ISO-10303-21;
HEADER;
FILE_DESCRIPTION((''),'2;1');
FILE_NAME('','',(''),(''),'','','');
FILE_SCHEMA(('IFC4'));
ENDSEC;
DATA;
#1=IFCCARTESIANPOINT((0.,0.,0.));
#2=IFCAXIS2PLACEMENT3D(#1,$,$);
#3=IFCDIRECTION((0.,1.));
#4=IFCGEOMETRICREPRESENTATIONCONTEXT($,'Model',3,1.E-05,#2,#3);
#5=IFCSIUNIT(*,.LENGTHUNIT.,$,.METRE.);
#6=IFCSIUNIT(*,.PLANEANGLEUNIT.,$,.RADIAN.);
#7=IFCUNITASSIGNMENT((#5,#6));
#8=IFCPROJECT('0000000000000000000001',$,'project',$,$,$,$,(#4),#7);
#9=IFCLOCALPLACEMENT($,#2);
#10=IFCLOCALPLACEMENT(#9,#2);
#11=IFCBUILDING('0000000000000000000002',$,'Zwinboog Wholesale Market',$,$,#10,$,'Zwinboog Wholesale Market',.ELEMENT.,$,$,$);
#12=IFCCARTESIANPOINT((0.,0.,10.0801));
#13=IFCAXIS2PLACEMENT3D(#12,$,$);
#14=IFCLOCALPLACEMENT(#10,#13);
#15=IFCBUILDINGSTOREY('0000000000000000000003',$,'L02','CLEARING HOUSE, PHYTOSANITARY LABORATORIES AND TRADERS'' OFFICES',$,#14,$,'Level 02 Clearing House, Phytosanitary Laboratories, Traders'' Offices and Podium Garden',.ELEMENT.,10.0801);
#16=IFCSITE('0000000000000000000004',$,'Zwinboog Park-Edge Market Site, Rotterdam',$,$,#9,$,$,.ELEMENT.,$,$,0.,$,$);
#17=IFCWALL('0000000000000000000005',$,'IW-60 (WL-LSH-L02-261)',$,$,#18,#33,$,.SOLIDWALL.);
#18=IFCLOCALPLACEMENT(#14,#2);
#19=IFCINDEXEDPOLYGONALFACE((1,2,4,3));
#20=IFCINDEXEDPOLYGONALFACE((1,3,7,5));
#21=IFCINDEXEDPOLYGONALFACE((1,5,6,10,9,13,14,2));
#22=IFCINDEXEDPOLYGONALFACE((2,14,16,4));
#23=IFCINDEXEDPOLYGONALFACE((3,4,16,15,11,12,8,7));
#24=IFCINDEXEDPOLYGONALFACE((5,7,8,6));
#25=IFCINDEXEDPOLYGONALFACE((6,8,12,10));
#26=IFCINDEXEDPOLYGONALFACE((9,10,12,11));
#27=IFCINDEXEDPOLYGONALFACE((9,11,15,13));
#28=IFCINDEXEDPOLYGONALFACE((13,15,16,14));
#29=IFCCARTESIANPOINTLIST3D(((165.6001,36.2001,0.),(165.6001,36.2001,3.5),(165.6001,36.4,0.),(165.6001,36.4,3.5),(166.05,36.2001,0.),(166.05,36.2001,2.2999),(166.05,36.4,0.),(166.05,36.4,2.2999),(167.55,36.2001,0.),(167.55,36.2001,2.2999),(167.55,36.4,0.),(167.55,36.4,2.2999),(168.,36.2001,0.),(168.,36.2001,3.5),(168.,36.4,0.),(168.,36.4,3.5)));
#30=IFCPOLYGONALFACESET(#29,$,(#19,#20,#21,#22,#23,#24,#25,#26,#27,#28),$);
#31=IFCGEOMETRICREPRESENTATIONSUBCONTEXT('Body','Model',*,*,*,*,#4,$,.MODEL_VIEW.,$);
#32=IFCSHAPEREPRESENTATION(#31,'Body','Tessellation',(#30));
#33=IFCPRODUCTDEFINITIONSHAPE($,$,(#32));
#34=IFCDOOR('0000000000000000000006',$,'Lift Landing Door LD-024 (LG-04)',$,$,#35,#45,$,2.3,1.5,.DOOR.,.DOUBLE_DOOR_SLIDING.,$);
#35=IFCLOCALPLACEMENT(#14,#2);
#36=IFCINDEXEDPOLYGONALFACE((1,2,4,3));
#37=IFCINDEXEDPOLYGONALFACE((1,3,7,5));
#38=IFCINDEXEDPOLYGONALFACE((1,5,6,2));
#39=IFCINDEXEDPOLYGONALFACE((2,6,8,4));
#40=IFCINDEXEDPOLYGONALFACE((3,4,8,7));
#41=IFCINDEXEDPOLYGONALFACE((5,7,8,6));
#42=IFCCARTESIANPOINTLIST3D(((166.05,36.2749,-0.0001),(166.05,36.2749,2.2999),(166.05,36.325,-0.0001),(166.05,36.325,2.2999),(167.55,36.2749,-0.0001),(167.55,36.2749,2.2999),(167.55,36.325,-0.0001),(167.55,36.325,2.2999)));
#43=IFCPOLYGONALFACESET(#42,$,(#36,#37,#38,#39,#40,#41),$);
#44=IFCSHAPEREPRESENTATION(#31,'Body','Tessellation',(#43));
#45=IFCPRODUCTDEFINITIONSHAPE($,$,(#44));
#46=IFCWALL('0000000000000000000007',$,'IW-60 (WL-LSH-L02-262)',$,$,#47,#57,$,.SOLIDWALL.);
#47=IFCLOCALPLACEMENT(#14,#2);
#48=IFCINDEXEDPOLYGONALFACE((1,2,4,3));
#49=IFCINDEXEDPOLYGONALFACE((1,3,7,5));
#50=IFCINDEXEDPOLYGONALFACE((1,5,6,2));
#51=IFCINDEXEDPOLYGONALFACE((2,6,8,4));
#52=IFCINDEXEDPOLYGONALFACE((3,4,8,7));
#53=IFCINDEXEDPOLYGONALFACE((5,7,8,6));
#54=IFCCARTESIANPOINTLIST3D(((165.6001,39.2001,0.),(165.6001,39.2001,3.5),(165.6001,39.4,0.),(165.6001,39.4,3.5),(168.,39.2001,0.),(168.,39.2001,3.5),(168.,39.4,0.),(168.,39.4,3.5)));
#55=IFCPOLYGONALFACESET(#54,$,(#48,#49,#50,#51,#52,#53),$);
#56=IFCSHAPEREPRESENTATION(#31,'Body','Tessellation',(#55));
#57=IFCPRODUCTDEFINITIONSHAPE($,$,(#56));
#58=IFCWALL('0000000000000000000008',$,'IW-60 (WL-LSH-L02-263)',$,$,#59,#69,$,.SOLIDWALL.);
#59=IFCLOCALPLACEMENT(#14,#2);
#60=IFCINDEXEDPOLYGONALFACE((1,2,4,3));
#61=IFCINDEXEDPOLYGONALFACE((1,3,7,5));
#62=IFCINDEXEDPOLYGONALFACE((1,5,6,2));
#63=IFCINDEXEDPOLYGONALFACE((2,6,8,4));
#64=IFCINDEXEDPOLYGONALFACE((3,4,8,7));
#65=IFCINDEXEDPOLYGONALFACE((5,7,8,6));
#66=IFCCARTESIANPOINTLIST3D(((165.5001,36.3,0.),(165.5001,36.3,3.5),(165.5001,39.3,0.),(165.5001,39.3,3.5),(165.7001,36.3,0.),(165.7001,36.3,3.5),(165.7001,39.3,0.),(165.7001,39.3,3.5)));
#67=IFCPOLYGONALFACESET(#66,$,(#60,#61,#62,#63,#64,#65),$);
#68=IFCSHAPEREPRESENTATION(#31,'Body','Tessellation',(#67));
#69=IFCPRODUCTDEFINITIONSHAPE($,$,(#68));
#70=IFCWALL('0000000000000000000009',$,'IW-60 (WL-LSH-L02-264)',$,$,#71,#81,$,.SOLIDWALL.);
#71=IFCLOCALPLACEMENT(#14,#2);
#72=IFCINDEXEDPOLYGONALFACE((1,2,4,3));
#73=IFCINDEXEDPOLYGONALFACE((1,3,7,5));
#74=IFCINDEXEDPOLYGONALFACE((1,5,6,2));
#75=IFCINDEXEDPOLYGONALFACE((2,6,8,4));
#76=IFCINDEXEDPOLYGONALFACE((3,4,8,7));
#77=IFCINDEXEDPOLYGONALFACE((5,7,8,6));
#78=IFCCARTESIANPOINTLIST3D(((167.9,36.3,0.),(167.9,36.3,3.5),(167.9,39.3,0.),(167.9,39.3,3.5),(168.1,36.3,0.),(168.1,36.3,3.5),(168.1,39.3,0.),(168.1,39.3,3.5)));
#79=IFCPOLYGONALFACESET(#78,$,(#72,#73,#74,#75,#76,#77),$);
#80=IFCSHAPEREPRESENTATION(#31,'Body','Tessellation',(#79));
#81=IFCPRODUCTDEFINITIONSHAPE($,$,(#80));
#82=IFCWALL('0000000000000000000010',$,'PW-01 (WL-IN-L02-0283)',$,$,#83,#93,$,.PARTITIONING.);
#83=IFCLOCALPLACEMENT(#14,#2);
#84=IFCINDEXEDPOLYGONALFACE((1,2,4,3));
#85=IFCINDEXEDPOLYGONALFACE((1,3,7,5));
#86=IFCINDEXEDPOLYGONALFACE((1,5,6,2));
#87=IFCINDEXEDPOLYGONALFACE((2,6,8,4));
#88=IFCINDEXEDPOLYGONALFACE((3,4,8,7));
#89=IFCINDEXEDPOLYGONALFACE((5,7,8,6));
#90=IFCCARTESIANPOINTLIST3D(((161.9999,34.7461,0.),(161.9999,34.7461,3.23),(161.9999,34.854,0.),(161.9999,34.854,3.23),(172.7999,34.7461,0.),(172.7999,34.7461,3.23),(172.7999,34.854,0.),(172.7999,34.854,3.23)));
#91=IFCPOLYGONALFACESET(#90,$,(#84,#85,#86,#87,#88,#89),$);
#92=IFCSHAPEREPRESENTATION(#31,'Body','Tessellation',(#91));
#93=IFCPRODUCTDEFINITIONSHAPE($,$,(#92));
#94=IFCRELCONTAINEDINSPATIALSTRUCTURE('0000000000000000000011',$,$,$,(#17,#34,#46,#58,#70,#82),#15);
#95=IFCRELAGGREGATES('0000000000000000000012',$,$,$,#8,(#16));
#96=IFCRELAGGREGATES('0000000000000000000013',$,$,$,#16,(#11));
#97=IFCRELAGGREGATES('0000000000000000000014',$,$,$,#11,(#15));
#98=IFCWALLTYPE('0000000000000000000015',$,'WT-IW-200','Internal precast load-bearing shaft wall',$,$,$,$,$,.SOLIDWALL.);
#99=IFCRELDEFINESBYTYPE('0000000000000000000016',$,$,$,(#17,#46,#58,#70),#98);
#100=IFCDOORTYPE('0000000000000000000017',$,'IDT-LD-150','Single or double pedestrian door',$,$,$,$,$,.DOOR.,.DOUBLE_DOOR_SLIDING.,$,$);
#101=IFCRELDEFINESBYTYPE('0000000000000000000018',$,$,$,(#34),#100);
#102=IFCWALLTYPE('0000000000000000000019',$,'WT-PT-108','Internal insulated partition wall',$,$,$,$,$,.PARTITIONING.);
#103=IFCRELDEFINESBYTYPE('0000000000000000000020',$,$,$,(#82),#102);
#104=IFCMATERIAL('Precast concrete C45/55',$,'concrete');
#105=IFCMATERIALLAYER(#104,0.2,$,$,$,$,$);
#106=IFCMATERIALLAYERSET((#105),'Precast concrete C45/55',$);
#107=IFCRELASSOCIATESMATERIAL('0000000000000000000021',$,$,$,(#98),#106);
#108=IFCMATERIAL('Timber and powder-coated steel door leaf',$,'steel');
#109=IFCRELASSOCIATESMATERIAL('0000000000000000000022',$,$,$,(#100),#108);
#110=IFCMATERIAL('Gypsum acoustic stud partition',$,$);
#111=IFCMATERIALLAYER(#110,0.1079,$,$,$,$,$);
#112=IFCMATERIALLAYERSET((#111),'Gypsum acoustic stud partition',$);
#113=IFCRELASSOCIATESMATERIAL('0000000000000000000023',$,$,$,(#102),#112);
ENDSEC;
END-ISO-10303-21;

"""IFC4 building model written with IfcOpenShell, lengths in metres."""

from ifc_helpers import new_model, si_unit, direction, frame, frame_2d, origin, place, context, subcontext, project, spatial, rectangle, extrude, material, layer, layer_set, type_object, element, fill, save


model = new_model("IFC4")

# Units and contexts
model_context = context("Model", 3, precision=1e-05, world=origin(), true_north=direction((0.0, 1.0)))
body_context = subcontext(model_context, "Body", "Model", "MODEL_VIEW")
ifc_project = project(units=[si_unit("LENGTHUNIT", "METRE"), si_unit("PLANEANGLEUNIT", "RADIAN")], contexts=[model_context])

# Site, building, storey
site_placement = place(None, origin())
site = spatial("IfcSite", under=ifc_project, at=site_placement, Name="Zwinboog Park-Edge Market Site, Rotterdam", CompositionType="ELEMENT", RefElevation=0.0)
building_placement = place(site_placement, origin())
building = spatial("IfcBuilding", under=site, at=building_placement, Name="Zwinboog Wholesale Market", LongName="Zwinboog Wholesale Market", CompositionType="ELEMENT")
storey_placement = place(building_placement, frame((0.0, 0.0, 10.0801)))
storey = spatial("IfcBuildingStorey", under=building, at=storey_placement, Name="L02", Description="CLEARING HOUSE, PHYTOSANITARY LABORATORIES AND TRADERS' OFFICES", LongName="Level 02 Clearing House, Phytosanitary Laboratories, Traders' Offices and Podium Garden", CompositionType="ELEMENT", Elevation=10.0801)

# Shared definitions
ifc_material_1 = material(Name="Precast concrete C45/55", Category="concrete")

# Wall, opening, door
ifc_layer_1 = layer(ifc_material_1, 0.2)
ifc_layer_set_1 = layer_set([ifc_layer_1], Name="Precast concrete C45/55")
wall_type_1 = type_object("IfcWallType", Name="WT-IW-200", Description="Internal precast load-bearing shaft wall", PredefinedType="SOLIDWALL", material=ifc_layer_set_1)
wall_1_placement = place(storey_placement, frame((165.6001, 36.3, 0.0), z_axis=(0.0, 0.0, 1.0), x_axis=(1.0, 0.0, 0.0)))
wall_1 = element("IfcWall", 1, at=wall_1_placement, inside=storey, type_object=wall_type_1, Name="IW-60 (WL-LSH-L02-261)", PredefinedType="SOLIDWALL", context=body_context, shape_type="SweptSolid", body=[
    extrude(rectangle(XDim=2.3999, YDim=0.2, at=frame_2d((1.2, 0.0))), origin(), (0.0, 0.0, 1.0), 3.5),
])
opening_1_placement = place(wall_1_placement, frame((0.45, 0.0, 0.0)))
opening_1 = element("IfcOpeningElement", 2, at=opening_1_placement, cuts=wall_1, PredefinedType="OPENING", context=body_context, shape_type="SweptSolid", body=[
    extrude(rectangle(XDim=1.5, YDim=2.3, at=frame_2d((0.75, 1.1499))), frame((0.0, 0.1099, 0.0), z_axis=(0.0, -1.0, 0.0), x_axis=(1.0, 0.0, 0.0)), (0.0, 0.0, 1.0), 0.22),
])
ifc_material_2 = material(Name="Timber and powder-coated steel door leaf", Category="steel")
door_type = type_object("IfcDoorType", Name="IDT-LD-150", Description="Single or double pedestrian door", OperationType="DOUBLE_DOOR_SLIDING", PredefinedType="DOOR", material=ifc_material_2)
door_placement = place(opening_1_placement, origin())
door = element("IfcDoor", 3, at=door_placement, inside=storey, type_object=door_type, Name="Lift Landing Door LD-024 (LG-04)", OperationType="DOUBLE_DOOR_SLIDING", OverallHeight=2.3, OverallWidth=1.5, PredefinedType="DOOR", context=body_context, shape_type="SweptSolid", body=[
    extrude(rectangle(XDim=1.5, YDim=2.3, at=frame_2d((0.75, 1.1499))), frame((0.0, 0.0249, 0.0), z_axis=(0.0, -1.0, 0.0), x_axis=(1.0, 0.0, 0.0)), (0.0, 0.0, 1.0), 0.05),
])
fill(opening_1, door)

# Walls
wall_2_placement = place(storey_placement, frame((165.6001, 39.3, 0.0), z_axis=(0.0, 0.0, 1.0), x_axis=(1.0, 0.0, 0.0)))
element("IfcWall", 4, at=wall_2_placement, inside=storey, type_object=wall_type_1, Name="IW-60 (WL-LSH-L02-262)", PredefinedType="SOLIDWALL", context=body_context, shape_type="SweptSolid", body=[
    extrude(rectangle(XDim=2.3999, YDim=0.2, at=frame_2d((1.2, 0.0))), origin(), (0.0, 0.0, 1.0), 3.5),
])
for number, where, z_axis, x_axis, name in (
    (5, (165.6001, 36.3, 0.0), (0.0, 0.0, 1.0), (0.0, 1.0, 0.0), "IW-60 (WL-LSH-L02-263)"),
    (6, (168.0, 36.3, 0.0), (0.0, 0.0, 1.0), (0.0, 1.0, 0.0), "IW-60 (WL-LSH-L02-264)"),
):
    element("IfcWall", number, at=place(storey_placement, frame(where, z_axis=z_axis, x_axis=x_axis)), inside=storey, type_object=wall_type_1, Name=name, PredefinedType="SOLIDWALL", context=body_context, shape_type="SweptSolid", body=[
        extrude(rectangle(XDim=3.0, YDim=0.2, at=frame_2d((1.5, 0.0))), origin(), (0.0, 0.0, 1.0), 3.5),
    ])
ifc_material_3 = material(Name="Gypsum acoustic stud partition")
ifc_layer_2 = layer(ifc_material_3, 0.1079)
ifc_layer_set_2 = layer_set([ifc_layer_2], Name="Gypsum acoustic stud partition")
wall_type_2 = type_object("IfcWallType", Name="WT-PT-108", Description="Internal insulated partition wall", PredefinedType="PARTITIONING", material=ifc_layer_set_2)
wall_3_placement = place(storey_placement, frame((162.0, 34.8, 0.0), z_axis=(0.0, 0.0, 1.0), x_axis=(1.0, 0.0, 0.0)))
element("IfcWall", 7, at=wall_3_placement, inside=storey, type_object=wall_type_2, Name="PW-01 (WL-IN-L02-0283)", PredefinedType="PARTITIONING", context=body_context, shape_type="SweptSolid", body=[
    extrude(rectangle(XDim=10.8, YDim=0.1079, at=frame_2d((5.3999, 0.0))), origin(), (0.0, 0.0, 1.0), 3.23),
])

save(model, "model.ifc")
